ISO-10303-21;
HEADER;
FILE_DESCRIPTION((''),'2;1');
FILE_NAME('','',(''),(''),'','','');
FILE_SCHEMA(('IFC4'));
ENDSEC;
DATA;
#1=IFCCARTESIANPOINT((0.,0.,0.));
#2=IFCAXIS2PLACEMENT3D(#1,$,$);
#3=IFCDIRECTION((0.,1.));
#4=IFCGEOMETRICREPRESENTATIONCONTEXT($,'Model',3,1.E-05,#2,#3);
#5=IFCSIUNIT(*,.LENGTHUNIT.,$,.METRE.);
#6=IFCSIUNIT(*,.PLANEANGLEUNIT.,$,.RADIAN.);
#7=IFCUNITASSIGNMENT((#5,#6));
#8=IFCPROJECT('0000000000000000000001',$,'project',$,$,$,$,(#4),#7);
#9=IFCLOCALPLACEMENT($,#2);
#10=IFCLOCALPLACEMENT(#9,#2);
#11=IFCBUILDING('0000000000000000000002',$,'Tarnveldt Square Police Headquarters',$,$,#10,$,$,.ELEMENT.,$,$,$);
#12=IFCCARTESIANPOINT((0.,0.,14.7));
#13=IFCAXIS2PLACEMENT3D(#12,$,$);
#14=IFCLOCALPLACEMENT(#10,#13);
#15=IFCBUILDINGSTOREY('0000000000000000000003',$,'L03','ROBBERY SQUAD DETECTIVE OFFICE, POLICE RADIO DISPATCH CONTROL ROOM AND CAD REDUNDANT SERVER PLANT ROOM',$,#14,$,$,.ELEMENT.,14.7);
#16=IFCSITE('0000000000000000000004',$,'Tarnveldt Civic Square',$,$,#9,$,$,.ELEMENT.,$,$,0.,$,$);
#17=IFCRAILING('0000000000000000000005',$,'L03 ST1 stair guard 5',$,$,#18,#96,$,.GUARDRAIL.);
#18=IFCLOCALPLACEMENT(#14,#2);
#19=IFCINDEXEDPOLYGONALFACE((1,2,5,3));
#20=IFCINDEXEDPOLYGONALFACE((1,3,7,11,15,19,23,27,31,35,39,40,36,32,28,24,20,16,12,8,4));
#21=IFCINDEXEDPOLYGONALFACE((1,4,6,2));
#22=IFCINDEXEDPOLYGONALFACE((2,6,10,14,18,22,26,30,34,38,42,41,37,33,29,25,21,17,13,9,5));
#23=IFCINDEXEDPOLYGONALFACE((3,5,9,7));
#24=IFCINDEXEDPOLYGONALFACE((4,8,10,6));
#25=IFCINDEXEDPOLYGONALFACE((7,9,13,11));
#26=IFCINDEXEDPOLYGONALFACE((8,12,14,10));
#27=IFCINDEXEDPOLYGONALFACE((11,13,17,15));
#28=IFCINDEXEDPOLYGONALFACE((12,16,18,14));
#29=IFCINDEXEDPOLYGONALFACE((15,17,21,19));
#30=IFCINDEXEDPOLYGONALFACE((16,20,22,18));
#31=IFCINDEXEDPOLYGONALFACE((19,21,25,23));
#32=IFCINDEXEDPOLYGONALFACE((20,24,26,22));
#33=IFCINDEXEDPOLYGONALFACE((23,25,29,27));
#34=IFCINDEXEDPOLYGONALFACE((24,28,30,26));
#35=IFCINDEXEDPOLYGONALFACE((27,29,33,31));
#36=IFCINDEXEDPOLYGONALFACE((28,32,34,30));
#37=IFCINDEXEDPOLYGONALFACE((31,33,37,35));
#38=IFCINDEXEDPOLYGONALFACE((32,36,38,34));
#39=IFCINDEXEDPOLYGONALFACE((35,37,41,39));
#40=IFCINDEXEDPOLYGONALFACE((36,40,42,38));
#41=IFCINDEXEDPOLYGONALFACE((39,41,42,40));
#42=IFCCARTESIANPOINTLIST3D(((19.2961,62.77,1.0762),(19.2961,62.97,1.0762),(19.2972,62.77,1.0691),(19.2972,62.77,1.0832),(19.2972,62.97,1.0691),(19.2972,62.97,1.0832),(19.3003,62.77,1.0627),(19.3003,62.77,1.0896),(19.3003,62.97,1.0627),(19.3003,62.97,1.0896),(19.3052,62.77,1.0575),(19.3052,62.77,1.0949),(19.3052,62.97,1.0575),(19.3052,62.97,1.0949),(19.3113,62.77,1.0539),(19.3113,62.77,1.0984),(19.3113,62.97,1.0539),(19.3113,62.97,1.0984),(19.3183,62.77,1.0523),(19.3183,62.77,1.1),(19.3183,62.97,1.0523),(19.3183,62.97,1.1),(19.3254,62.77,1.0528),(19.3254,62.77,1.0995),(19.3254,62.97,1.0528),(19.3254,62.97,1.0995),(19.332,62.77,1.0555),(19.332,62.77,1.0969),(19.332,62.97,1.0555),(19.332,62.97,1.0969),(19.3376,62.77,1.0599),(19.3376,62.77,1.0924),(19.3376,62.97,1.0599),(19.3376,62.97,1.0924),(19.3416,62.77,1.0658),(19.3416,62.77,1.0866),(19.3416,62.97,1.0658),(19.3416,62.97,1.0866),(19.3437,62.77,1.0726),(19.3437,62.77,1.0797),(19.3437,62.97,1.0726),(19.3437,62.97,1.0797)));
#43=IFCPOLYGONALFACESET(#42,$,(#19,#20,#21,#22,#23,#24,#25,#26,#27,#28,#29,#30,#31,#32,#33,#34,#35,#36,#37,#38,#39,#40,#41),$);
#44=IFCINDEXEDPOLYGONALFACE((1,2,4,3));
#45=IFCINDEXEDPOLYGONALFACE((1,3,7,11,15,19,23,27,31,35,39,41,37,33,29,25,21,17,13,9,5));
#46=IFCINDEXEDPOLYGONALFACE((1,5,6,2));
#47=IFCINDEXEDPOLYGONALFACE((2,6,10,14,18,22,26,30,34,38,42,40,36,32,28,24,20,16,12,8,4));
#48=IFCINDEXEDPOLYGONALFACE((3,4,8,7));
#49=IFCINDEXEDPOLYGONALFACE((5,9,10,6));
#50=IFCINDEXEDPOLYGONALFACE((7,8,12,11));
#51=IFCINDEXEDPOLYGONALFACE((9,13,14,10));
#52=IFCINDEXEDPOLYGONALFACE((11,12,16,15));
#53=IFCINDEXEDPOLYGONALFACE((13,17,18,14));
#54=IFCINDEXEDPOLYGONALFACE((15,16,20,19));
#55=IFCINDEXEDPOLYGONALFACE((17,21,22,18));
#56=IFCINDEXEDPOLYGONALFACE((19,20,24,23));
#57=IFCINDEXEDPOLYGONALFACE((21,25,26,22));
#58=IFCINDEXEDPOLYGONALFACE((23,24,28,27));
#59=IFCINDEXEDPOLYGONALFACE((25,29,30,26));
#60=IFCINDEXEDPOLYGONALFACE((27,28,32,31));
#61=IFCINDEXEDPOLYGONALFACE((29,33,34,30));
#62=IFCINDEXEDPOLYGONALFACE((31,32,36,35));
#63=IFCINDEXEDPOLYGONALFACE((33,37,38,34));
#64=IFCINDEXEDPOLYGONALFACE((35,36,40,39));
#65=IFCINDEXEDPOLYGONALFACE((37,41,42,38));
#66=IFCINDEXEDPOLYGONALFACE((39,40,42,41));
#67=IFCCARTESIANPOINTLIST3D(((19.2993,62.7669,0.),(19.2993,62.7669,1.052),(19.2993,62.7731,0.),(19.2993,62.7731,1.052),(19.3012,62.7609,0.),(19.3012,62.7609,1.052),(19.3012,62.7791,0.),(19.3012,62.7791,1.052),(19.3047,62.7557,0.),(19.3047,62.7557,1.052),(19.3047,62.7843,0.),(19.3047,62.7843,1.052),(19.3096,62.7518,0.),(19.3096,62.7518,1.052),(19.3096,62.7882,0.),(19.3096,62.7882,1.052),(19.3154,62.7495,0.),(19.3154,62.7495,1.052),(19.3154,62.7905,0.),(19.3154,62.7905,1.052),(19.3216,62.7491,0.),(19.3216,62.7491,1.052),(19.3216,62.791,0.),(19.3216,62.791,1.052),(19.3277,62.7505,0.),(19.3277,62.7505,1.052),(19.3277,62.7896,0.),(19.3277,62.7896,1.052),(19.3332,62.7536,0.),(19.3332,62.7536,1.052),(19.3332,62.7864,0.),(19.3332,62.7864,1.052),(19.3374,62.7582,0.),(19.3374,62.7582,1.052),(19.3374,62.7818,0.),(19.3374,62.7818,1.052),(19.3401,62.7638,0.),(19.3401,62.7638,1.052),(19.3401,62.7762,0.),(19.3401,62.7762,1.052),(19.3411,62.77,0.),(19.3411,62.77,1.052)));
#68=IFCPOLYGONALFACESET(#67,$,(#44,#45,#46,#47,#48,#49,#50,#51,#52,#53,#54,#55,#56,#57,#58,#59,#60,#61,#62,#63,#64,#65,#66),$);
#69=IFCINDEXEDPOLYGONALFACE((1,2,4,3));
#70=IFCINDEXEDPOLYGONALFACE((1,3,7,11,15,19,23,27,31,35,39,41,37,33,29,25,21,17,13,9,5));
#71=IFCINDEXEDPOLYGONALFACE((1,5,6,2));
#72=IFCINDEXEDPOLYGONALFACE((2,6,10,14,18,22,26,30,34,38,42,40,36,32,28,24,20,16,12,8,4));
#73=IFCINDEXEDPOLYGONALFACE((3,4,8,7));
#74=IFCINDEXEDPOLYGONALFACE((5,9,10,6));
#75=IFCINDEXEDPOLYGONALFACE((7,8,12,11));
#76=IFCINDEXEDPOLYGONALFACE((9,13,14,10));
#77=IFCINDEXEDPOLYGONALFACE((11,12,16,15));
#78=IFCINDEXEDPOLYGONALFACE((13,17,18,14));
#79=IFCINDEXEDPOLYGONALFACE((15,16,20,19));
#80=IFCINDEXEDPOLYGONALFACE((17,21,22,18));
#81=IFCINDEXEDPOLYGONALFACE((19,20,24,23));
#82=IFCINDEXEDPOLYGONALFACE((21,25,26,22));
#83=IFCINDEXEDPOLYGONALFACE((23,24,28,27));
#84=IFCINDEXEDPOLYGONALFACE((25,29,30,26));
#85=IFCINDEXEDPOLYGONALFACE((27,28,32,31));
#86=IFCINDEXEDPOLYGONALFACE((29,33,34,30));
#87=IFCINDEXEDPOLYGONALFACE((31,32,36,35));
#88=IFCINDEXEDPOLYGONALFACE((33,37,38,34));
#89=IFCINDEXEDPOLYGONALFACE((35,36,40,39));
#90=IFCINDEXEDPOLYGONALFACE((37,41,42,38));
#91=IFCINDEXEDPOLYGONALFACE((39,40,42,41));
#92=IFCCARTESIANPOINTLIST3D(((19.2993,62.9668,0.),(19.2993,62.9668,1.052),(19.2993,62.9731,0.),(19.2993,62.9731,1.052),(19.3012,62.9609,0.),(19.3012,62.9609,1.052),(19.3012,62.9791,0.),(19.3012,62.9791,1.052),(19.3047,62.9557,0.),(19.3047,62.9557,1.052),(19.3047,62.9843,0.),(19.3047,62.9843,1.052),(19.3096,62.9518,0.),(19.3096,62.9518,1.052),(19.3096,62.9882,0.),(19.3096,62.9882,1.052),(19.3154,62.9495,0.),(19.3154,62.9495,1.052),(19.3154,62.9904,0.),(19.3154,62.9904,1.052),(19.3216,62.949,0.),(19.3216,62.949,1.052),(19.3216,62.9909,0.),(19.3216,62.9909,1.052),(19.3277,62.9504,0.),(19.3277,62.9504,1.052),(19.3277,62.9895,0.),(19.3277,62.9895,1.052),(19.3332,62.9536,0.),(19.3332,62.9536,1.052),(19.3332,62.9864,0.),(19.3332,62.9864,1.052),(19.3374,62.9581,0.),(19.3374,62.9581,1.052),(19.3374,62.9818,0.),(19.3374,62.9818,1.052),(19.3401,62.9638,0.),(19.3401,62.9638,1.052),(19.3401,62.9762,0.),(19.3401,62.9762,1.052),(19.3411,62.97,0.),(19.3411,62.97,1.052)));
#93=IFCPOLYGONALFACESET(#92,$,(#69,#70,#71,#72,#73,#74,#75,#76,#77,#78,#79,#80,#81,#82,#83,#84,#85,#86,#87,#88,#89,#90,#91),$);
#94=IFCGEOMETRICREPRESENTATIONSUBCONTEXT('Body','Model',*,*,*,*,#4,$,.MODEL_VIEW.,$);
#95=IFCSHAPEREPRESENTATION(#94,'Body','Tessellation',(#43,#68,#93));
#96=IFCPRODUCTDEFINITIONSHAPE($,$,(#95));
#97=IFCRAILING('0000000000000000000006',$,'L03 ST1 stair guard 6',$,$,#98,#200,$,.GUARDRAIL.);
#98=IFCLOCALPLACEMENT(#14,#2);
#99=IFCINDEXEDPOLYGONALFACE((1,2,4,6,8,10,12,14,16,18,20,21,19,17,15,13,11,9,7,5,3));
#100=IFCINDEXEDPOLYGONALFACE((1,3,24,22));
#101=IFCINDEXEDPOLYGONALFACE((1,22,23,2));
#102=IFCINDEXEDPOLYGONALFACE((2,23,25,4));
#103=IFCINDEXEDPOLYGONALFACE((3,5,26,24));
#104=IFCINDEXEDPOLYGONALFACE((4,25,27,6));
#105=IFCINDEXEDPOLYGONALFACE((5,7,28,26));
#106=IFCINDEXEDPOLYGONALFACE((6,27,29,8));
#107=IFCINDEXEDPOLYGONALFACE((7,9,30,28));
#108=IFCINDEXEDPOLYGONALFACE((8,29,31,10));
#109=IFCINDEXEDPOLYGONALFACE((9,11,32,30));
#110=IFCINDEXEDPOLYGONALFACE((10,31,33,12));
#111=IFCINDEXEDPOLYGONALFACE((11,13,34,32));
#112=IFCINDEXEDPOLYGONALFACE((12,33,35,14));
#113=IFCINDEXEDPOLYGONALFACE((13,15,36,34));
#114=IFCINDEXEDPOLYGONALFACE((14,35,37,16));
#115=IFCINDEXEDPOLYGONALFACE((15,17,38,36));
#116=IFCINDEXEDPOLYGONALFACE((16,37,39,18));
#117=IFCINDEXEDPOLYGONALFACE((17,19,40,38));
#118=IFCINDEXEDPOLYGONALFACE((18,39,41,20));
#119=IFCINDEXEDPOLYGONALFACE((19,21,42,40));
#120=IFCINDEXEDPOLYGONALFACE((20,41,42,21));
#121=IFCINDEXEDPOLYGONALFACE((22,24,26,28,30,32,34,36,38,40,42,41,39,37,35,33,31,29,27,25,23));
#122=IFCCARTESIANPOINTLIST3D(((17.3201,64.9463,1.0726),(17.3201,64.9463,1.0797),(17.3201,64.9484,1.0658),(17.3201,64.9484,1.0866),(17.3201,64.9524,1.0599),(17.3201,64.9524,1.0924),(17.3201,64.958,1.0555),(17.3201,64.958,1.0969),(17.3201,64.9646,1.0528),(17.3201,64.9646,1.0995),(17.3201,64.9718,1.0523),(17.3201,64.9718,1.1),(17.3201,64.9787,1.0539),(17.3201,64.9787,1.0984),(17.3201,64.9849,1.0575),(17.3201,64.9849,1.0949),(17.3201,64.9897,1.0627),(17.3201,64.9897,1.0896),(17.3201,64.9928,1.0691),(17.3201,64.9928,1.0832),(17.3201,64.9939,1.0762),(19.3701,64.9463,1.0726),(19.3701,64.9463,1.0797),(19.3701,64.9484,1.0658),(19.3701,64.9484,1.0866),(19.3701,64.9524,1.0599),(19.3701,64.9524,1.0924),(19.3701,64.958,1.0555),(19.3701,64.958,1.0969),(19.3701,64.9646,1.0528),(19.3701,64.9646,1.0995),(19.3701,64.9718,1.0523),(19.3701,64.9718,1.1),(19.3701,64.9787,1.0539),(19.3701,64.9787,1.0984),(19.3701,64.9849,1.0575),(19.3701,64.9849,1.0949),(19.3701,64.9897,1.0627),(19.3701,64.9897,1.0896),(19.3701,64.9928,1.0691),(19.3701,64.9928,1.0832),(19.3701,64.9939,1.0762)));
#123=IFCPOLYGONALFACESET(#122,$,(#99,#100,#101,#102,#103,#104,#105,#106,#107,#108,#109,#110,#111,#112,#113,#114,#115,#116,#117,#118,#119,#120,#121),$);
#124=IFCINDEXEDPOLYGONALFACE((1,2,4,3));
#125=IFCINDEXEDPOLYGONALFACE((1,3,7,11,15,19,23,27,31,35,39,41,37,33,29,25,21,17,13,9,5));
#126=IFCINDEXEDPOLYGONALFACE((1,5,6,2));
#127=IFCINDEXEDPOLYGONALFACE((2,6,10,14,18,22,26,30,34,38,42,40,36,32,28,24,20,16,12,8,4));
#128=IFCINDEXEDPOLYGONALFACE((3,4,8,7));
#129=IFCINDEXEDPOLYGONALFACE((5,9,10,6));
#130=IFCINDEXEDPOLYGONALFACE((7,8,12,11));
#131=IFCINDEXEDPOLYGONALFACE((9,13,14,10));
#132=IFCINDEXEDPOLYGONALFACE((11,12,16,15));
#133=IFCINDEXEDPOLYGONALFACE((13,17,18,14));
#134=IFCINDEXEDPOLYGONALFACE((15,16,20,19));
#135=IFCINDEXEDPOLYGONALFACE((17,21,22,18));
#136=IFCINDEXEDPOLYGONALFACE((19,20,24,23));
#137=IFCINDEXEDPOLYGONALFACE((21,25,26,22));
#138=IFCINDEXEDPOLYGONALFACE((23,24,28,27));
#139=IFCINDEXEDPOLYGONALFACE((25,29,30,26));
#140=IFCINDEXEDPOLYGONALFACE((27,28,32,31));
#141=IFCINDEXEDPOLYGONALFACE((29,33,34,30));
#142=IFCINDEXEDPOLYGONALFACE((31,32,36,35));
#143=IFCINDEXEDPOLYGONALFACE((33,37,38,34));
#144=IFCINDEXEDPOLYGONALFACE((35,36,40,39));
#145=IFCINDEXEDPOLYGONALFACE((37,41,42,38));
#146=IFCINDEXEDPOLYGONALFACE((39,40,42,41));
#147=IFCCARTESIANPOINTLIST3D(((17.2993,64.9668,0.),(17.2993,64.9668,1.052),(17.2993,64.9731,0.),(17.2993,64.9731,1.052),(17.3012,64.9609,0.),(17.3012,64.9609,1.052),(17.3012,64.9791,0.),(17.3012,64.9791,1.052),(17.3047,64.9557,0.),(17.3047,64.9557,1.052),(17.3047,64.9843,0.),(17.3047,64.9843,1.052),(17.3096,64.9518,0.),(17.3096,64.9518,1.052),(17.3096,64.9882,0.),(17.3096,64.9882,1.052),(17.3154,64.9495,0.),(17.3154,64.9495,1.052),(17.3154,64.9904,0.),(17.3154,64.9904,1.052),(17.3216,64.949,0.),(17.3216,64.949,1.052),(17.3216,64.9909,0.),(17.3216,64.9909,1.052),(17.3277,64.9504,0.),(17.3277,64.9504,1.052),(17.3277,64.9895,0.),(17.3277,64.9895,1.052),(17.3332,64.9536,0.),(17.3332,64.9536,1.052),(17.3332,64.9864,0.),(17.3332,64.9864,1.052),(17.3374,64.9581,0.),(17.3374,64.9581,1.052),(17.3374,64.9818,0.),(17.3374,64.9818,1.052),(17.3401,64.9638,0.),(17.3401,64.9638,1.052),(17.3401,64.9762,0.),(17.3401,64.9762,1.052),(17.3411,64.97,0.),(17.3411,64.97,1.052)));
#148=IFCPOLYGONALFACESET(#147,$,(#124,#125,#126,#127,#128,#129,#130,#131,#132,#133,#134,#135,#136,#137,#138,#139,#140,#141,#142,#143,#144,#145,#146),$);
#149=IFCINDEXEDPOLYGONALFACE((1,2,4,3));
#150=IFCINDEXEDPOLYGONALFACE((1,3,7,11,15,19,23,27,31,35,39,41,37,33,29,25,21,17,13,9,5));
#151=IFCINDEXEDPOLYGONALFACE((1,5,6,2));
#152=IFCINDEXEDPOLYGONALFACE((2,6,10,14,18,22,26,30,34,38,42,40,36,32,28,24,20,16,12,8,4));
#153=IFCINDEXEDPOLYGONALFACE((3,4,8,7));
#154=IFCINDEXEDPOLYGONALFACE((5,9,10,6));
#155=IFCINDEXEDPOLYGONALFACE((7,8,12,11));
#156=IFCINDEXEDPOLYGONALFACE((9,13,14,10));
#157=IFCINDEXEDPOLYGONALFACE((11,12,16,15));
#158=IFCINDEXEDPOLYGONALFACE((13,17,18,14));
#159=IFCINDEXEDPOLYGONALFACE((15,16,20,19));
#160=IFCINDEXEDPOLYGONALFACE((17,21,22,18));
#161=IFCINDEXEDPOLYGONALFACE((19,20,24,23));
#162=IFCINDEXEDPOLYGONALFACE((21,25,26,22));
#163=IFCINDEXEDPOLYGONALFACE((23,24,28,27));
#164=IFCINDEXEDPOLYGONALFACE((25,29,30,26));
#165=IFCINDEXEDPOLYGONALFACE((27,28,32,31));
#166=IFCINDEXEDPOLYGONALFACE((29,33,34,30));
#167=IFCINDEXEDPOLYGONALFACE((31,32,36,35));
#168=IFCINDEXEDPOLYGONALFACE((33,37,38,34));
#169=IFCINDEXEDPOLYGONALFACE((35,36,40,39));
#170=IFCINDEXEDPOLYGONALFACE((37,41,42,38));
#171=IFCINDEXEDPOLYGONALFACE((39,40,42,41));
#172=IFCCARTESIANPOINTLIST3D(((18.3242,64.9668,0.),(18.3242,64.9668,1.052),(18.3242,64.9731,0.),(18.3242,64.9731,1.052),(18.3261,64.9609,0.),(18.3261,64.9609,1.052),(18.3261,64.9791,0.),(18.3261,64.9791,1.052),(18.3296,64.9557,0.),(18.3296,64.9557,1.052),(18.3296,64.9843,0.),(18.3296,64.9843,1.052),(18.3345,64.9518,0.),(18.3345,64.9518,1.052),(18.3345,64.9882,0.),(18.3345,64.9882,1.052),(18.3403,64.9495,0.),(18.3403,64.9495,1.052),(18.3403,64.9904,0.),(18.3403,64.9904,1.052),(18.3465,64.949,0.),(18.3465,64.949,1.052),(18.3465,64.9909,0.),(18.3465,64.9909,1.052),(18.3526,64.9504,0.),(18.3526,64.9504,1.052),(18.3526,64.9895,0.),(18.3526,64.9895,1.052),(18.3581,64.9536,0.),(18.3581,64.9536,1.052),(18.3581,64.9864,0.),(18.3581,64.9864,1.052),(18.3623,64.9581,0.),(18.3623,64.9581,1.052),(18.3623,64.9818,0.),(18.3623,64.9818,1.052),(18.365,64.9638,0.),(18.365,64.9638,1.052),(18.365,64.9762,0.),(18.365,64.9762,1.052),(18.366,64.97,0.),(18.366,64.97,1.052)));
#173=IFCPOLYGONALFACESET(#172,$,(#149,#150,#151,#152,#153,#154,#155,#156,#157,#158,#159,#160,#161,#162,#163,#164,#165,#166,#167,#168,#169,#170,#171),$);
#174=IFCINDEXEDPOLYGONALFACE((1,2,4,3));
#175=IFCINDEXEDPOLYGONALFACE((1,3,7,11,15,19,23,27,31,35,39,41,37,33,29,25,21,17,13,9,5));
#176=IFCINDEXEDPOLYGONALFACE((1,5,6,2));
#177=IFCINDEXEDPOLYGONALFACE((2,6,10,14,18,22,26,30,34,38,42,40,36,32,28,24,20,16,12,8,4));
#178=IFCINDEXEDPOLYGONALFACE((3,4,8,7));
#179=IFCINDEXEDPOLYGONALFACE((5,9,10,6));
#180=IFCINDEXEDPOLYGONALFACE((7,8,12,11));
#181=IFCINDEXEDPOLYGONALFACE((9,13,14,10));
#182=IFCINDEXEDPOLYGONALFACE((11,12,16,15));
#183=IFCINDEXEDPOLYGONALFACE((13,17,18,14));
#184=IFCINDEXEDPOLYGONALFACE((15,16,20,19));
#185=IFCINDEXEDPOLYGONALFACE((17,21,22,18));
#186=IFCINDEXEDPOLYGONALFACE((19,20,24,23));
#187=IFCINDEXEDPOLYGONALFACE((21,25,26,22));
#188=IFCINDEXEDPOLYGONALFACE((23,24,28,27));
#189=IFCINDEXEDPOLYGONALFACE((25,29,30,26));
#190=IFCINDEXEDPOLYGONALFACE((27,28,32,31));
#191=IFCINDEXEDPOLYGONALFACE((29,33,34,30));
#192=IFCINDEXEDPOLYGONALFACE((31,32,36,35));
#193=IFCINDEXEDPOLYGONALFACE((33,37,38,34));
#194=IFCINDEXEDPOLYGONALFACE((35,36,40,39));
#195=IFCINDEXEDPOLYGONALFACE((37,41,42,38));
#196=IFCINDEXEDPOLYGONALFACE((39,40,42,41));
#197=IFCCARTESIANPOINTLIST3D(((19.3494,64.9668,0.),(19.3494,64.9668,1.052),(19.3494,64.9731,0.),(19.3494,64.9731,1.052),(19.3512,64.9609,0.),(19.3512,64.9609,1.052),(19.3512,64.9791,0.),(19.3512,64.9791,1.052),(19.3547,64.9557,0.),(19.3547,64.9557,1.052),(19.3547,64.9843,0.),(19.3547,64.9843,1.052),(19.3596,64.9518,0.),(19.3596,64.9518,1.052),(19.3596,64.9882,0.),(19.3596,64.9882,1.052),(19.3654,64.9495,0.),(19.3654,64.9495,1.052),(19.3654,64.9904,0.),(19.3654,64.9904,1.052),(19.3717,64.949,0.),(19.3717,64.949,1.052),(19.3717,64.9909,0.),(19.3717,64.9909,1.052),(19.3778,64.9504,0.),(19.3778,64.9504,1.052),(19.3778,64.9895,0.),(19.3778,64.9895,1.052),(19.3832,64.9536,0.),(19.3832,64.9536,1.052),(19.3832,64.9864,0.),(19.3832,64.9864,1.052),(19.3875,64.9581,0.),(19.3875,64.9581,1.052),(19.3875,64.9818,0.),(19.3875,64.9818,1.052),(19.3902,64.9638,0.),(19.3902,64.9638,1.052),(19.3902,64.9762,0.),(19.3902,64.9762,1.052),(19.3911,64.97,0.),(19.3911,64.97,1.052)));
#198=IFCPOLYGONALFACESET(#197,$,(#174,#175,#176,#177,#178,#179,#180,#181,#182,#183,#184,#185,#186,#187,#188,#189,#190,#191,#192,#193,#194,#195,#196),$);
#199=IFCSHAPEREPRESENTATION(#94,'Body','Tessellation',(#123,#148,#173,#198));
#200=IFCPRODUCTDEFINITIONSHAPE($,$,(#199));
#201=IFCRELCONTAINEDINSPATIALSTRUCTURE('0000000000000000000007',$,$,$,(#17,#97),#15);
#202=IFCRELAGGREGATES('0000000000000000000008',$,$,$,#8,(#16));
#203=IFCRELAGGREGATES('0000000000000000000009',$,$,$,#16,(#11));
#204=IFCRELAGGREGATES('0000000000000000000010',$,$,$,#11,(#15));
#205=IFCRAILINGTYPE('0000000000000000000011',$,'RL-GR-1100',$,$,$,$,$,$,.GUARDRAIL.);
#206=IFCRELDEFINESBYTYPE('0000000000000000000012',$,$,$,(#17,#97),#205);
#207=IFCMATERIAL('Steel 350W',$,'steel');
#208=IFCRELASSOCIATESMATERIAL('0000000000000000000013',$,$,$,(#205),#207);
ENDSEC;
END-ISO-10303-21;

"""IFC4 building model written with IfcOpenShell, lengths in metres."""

from ifc_helpers import new_model, si_unit, direction, frame, origin, origin_2d, place, context, subcontext, project, spatial, circle, extrude, material, type_object, element, save


model = new_model("IFC4")

# Units and contexts
model_context = context("Model", 3, precision=1e-05, world=origin(), true_north=direction((0.0, 1.0)))
body_context = subcontext(model_context, "Body", "Model", "MODEL_VIEW")
ifc_project = project(units=[si_unit("LENGTHUNIT", "METRE"), si_unit("PLANEANGLEUNIT", "RADIAN")], contexts=[model_context])

# Site, building, storey
site_placement = place(None, origin())
site = spatial("IfcSite", under=ifc_project, at=site_placement, Name="Tarnveldt Civic Square", CompositionType="ELEMENT", RefElevation=0.0)
building_placement = place(site_placement, origin())
building = spatial("IfcBuilding", under=site, at=building_placement, Name="Tarnveldt Square Police Headquarters", CompositionType="ELEMENT")
storey_placement = place(building_placement, frame((0.0, 0.0, 14.7)))
storey = spatial("IfcBuildingStorey", under=building, at=storey_placement, Name="L03", Description="ROBBERY SQUAD DETECTIVE OFFICE, POLICE RADIO DISPATCH CONTROL ROOM AND CAD REDUNDANT SERVER PLANT ROOM", CompositionType="ELEMENT", Elevation=14.7)

# Shared definitions
ifc_material_1 = material(Name="Steel 350W", Category="steel")

# Railings
railing_type_1 = type_object("IfcRailingType", Name="RL-GR-1100", PredefinedType="GUARDRAIL", material=ifc_material_1)
railing_1_placement = place(storey_placement, frame((19.3201, 62.77, 0.0)))
element("IfcRailing", 1, at=railing_1_placement, inside=storey, type_object=railing_type_1, Name="L03 ST1 stair guard 5", PredefinedType="GUARDRAIL", context=body_context, shape_type="SweptSolid", body=[
    extrude(circle(Radius=0.0239, at=origin_2d()), frame((0.0, 0.0, 1.0762), z_axis=(0.0, 1.0, 0.0), x_axis=(-1.0, 0.0, 0.0)), (0.0, 0.0, 1.0), 0.2),
    extrude(circle(Radius=0.021, at=origin_2d()), origin(), (0.0, 0.0, 1.0), 1.052),
    extrude(circle(Radius=0.021, at=origin_2d()), frame((0.0, 0.2, 0.0)), (0.0, 0.0, 1.0), 1.052),
])
railing_2_placement = place(storey_placement, frame((17.3201, 64.97, 0.0)))
element("IfcRailing", 2, at=railing_2_placement, inside=storey, type_object=railing_type_1, Name="L03 ST1 stair guard 6", PredefinedType="GUARDRAIL", context=body_context, shape_type="SweptSolid", body=[
    extrude(circle(Radius=0.0239, at=origin_2d()), frame((0.0, 0.0, 1.0762), z_axis=(1.0, 0.0, 0.0), x_axis=(0.0, 1.0, 0.0)), (0.0, 0.0, 1.0), 2.05),
    extrude(circle(Radius=0.021, at=origin_2d()), origin(), (0.0, 0.0, 1.0), 1.052),
    extrude(circle(Radius=0.021, at=origin_2d()), frame((1.0249, 0.0, 0.0)), (0.0, 0.0, 1.0), 1.052),
    extrude(circle(Radius=0.021, at=origin_2d()), frame((2.05, 0.0, 0.0)), (0.0, 0.0, 1.0), 1.052),
])

save(model, "model.ifc")
